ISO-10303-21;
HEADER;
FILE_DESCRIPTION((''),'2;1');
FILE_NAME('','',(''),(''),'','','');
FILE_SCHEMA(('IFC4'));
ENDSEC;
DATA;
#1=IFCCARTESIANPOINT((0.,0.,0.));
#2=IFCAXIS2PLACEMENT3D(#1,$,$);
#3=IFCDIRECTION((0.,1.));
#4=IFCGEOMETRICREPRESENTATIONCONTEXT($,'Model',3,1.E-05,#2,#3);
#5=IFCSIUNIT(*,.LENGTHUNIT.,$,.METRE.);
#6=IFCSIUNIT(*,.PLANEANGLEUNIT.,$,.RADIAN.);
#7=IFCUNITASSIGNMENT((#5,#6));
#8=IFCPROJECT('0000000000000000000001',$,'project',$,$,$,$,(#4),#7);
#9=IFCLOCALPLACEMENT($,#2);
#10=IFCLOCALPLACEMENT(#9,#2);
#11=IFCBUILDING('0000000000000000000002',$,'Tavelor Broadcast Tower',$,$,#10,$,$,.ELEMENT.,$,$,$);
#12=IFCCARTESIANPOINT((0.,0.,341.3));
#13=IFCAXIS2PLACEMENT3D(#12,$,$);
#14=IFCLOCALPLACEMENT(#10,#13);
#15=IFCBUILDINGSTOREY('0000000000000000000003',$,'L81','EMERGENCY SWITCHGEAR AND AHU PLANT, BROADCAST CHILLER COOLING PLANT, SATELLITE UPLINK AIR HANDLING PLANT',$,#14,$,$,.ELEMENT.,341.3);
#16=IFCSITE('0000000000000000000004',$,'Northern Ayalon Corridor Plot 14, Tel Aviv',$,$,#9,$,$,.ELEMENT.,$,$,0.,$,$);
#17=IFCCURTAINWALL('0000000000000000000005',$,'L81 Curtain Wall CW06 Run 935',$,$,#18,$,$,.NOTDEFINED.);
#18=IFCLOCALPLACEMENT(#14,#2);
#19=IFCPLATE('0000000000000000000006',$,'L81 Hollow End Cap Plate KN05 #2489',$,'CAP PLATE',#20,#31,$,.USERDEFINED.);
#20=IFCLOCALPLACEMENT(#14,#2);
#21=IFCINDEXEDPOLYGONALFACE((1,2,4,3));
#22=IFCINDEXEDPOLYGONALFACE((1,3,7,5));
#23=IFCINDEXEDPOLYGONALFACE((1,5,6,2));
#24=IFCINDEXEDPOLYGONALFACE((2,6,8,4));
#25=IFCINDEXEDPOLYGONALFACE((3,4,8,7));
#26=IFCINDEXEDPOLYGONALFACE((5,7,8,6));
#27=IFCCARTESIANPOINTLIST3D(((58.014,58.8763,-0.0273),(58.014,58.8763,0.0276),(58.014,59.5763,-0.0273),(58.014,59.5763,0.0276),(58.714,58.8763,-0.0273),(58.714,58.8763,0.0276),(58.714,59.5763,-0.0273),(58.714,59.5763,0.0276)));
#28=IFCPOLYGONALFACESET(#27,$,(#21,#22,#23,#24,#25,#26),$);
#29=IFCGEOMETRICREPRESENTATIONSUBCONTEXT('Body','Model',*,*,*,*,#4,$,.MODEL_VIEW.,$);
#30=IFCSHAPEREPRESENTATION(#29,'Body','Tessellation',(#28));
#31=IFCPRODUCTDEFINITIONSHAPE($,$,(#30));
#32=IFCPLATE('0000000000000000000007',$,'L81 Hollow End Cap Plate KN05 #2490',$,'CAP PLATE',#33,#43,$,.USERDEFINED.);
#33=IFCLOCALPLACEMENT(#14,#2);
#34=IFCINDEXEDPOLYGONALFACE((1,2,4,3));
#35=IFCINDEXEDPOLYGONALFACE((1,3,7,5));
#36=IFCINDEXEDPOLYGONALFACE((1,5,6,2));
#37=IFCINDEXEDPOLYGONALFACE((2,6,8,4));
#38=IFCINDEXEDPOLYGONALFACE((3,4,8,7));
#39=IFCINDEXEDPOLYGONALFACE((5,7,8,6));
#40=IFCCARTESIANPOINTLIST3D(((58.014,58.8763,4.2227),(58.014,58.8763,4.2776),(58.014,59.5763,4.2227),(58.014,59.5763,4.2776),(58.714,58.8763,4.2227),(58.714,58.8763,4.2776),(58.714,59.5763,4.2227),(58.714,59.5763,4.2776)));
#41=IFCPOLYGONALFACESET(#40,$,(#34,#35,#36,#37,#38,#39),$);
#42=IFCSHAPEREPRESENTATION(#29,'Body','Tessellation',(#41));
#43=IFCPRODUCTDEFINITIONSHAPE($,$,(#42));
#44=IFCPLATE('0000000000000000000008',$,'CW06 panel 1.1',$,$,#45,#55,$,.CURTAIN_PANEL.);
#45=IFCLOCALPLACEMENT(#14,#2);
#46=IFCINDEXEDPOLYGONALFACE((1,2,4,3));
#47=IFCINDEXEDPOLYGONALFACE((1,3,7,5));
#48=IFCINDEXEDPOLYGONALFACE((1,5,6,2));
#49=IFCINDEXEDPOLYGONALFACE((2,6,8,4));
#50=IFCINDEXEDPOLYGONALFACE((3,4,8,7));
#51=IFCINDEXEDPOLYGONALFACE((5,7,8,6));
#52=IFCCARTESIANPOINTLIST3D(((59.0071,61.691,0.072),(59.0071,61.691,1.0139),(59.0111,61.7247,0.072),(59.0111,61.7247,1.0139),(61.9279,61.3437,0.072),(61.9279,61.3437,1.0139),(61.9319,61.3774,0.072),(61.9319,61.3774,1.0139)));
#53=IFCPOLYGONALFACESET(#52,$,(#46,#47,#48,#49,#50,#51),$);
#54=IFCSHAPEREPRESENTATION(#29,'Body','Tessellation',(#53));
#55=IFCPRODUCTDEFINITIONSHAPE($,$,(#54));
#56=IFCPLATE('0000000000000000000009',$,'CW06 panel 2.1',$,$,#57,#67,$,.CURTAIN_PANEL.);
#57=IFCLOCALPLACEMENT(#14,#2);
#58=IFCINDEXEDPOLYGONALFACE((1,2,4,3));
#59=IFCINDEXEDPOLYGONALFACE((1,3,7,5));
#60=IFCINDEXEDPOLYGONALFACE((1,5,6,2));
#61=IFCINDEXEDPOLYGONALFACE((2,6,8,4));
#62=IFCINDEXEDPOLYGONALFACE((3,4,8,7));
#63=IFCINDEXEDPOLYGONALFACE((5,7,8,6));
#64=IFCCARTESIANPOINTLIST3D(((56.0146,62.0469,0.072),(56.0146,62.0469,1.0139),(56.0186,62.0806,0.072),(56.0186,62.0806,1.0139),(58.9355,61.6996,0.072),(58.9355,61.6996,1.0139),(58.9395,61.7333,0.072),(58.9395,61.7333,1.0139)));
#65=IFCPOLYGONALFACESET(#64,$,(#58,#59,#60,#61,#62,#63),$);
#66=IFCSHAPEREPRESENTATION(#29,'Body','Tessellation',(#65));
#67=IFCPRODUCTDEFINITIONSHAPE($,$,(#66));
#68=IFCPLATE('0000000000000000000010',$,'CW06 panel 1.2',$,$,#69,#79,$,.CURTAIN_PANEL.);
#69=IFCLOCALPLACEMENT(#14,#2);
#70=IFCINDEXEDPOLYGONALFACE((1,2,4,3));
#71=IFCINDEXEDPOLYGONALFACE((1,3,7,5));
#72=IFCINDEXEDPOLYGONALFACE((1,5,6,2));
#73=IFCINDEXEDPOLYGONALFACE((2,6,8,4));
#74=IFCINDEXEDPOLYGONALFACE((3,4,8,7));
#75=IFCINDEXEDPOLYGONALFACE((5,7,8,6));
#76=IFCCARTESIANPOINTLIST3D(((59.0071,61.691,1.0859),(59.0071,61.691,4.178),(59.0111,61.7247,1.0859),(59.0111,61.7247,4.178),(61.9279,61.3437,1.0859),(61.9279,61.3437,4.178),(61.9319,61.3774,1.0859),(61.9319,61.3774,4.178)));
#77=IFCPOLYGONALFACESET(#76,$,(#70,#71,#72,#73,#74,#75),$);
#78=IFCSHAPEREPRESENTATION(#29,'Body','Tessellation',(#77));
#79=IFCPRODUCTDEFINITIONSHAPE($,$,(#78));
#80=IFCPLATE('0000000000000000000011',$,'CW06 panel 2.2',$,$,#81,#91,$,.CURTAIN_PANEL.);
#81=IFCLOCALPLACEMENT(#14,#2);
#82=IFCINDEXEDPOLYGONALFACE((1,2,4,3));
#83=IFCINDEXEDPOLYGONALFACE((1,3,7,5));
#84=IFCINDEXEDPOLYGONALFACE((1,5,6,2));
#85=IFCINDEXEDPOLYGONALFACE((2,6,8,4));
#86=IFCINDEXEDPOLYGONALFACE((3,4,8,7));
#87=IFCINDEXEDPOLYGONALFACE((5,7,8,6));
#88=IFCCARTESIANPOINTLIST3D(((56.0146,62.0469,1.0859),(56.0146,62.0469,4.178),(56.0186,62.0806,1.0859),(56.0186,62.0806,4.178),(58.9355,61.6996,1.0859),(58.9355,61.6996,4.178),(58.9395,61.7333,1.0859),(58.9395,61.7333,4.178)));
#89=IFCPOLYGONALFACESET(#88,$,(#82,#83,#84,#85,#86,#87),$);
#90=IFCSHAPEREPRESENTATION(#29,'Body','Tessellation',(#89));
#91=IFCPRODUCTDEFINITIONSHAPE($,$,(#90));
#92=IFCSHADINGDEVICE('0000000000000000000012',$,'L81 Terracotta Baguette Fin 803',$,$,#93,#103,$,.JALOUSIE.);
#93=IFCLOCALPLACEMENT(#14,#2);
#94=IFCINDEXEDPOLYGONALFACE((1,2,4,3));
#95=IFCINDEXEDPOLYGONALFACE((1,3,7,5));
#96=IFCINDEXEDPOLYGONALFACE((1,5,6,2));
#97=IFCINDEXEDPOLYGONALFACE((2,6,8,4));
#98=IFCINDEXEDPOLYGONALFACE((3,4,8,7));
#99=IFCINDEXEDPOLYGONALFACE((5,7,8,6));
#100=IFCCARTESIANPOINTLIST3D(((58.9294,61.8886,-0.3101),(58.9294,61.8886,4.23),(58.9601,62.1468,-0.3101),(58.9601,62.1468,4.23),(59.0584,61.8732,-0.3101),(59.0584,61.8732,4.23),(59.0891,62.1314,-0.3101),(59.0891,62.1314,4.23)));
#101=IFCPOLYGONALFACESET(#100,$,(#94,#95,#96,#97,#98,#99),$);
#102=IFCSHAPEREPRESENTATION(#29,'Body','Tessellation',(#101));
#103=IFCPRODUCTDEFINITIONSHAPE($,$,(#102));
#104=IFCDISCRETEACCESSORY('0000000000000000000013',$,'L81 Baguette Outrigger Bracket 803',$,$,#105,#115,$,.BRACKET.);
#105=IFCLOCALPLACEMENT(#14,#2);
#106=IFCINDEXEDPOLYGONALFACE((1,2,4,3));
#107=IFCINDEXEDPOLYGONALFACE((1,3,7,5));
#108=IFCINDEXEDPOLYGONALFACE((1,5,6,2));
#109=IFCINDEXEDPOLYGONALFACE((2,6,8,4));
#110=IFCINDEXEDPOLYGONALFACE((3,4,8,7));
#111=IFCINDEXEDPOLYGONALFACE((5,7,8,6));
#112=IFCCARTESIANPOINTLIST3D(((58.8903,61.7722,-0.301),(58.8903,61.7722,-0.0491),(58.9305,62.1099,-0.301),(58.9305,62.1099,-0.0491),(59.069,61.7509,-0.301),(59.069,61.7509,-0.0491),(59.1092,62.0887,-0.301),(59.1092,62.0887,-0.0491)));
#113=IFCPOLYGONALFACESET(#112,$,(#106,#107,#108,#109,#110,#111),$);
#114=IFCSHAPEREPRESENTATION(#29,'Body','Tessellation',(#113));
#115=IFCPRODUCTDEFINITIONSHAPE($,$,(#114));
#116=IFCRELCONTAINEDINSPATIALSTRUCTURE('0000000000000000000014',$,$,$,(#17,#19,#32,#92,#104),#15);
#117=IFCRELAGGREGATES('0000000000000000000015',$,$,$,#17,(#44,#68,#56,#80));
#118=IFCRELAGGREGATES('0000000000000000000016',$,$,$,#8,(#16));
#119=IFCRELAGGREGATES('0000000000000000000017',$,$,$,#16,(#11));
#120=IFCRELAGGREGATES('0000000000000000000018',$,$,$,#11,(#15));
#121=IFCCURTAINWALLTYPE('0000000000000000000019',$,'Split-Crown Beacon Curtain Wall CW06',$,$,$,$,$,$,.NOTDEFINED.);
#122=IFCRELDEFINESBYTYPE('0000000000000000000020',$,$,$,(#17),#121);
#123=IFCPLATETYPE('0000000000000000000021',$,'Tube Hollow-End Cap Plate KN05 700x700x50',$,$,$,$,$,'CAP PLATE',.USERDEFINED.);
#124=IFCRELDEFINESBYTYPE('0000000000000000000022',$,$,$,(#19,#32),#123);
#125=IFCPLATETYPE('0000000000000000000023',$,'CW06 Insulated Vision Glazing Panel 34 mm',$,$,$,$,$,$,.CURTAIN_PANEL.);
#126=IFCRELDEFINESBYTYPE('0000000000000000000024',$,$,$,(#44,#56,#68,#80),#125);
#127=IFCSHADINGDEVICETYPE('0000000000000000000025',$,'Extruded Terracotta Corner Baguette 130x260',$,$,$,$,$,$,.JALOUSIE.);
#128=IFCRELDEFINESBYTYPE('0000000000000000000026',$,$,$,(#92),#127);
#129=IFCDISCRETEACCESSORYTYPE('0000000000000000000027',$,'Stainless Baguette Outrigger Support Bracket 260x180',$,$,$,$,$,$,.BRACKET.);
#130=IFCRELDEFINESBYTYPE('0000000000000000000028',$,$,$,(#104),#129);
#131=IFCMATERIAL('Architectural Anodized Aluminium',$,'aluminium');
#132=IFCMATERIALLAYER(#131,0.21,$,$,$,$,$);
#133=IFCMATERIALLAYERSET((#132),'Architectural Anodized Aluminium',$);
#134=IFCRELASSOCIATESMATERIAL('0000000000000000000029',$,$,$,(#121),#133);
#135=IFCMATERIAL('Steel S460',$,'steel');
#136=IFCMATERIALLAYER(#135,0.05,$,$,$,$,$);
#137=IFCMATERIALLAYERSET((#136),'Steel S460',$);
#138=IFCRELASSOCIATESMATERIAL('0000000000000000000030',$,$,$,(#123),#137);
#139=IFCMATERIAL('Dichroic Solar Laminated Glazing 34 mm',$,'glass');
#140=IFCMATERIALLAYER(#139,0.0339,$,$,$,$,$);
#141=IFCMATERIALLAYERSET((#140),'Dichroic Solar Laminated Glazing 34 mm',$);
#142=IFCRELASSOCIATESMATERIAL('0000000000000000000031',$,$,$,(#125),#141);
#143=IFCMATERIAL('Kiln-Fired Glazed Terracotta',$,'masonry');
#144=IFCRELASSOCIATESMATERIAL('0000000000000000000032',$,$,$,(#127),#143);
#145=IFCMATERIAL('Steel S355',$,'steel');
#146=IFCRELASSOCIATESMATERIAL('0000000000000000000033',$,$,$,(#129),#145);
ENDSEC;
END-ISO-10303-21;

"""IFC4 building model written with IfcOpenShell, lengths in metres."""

from ifc_helpers import new_model, si_unit, direction, frame, origin, origin_2d, place, context, subcontext, project, spatial, rectangle, extrude, source, transform, mapped, material, layer, layer_set, type_object, type_shapes, element, aggregate, save


model = new_model("IFC4")

# Units and contexts
model_context = context("Model", 3, precision=1e-05, world=origin(), true_north=direction((0.0, 1.0)))
body_context = subcontext(model_context, "Body", "Model", "MODEL_VIEW")
ifc_project = project(units=[si_unit("LENGTHUNIT", "METRE"), si_unit("PLANEANGLEUNIT", "RADIAN")], contexts=[model_context])

# Site, building, storey
site_placement = place(None, origin())
site = spatial("IfcSite", under=ifc_project, at=site_placement, Name="Northern Ayalon Corridor Plot 14, Tel Aviv", CompositionType="ELEMENT", RefElevation=0.0)
building_placement = place(site_placement, origin())
building = spatial("IfcBuilding", under=site, at=building_placement, Name="Tavelor Broadcast Tower", CompositionType="ELEMENT")
storey_placement = place(building_placement, frame((0.0, 0.0, 341.3)))
storey = spatial("IfcBuildingStorey", under=building, at=storey_placement, Name="L81", Description="EMERGENCY SWITCHGEAR AND AHU PLANT, BROADCAST CHILLER COOLING PLANT, SATELLITE UPLINK AIR HANDLING PLANT", CompositionType="ELEMENT", Elevation=341.3)

# Shared definitions
ifc_material_1 = material(Name="Steel S355", Category="steel")

# Shared definitions
ifc_material_2 = material(Name="Architectural Anodized Aluminium", Category="aluminium")
ifc_layer_1 = layer(ifc_material_2, 0.21)
ifc_layer_set_1 = layer_set([ifc_layer_1], Name="Architectural Anodized Aluminium")
curtain_wall_type = type_object("IfcCurtainWallType", Name="Split-Crown Beacon Curtain Wall CW06", PredefinedType="NOTDEFINED", material=ifc_layer_set_1)

# Curtain wall
curtain_wall_1_placement = place(storey_placement, origin())
curtain_wall_1 = element("IfcCurtainWall", 1, at=curtain_wall_1_placement, inside=storey, type_object=curtain_wall_type, Name="L81 Curtain Wall CW06 Run 935", PredefinedType="NOTDEFINED")

# Plates
ifc_material_3 = material(Name="Steel S460", Category="steel")
ifc_layer_2 = layer(ifc_material_3, 0.05)
ifc_layer_set_2 = layer_set([ifc_layer_2], Name="Steel S460")
plate_type_1 = type_object("IfcPlateType", Name="Tube Hollow-End Cap Plate KN05 700x700x50", ElementType="CAP PLATE", PredefinedType="USERDEFINED", material=ifc_layer_set_2)
shared_shape_1 = source(origin(), body_context, "Body", "SweptSolid", [
    extrude(rectangle(XDim=0.7, YDim=0.7, at=origin_2d()), origin(), (0.0, 0.0, 1.0), 0.0549),
])
type_shapes(plate_type_1, [shared_shape_1])
for number, where, z_axis, x_axis, name in (
    (2, (58.364, 59.2263, -0.0273), (0.0, 0.0, 1.0), (1.0, 0.0, 0.0), "L81 Hollow End Cap Plate KN05 #2489"),
    (3, (58.364, 59.2263, 4.2227), (0.0, 0.0, 1.0), (1.0, 0.0, 0.0), "L81 Hollow End Cap Plate KN05 #2490"),
):
    element("IfcPlate", number, at=place(storey_placement, frame(where, z_axis=z_axis, x_axis=x_axis)), inside=storey, type_object=plate_type_1, Name=name, ObjectType="CAP PLATE", PredefinedType="USERDEFINED", context=body_context, shape_type="MappedRepresentation", body=[
        mapped(shared_shape_1, transform((0.0, 0.0, 0.0), scale=1.0)),
    ])

# Plates
ifc_material_4 = material(Name="Dichroic Solar Laminated Glazing 34 mm", Category="glass")
ifc_layer_3 = layer(ifc_material_4, 0.0339)
ifc_layer_set_3 = layer_set([ifc_layer_3], Name="Dichroic Solar Laminated Glazing 34 mm")
plate_type_2 = type_object("IfcPlateType", Name="CW06 Insulated Vision Glazing Panel 34 mm", PredefinedType="CURTAIN_PANEL", material=ifc_layer_set_3)
shared_shape_2 = source(origin(), body_context, "Body", "SweptSolid", [
    extrude(rectangle(XDim=2.9414, YDim=0.0339, at=origin_2d()), origin(), (0.0, 0.0, 1.0), 0.9419),
])
plate_1_placement = place(storey_placement, frame((60.4695, 61.5342, 0.072), z_axis=(0.0, 0.0, 1.0), x_axis=(-0.993005, 0.118069, 0.0)))
plate_1 = element("IfcPlate", 4, at=plate_1_placement, type_object=plate_type_2, Name="CW06 panel 1.1", PredefinedType="CURTAIN_PANEL", context=body_context, shape_type="MappedRepresentation", body=[
    mapped(shared_shape_2, transform((0.0, 0.0, 0.0), scale=1.0)),
])
plate_2_placement = place(storey_placement, frame((57.4771, 61.8901, 0.072), z_axis=(0.0, 0.0, 1.0), x_axis=(-0.993005, 0.118069, 0.0)))
plate_2 = element("IfcPlate", 5, at=plate_2_placement, type_object=plate_type_2, Name="CW06 panel 2.1", PredefinedType="CURTAIN_PANEL", context=body_context, shape_type="MappedRepresentation", body=[
    mapped(shared_shape_2, transform((0.0, 0.0, 0.0), scale=1.0)),
])
shared_shape_3 = source(origin(), body_context, "Body", "SweptSolid", [
    extrude(rectangle(XDim=2.9414, YDim=0.0339, at=origin_2d()), origin(), (0.0, 0.0, 1.0), 3.092),
])
type_shapes(plate_type_2, [shared_shape_2, shared_shape_3])
plate_3_placement = place(storey_placement, frame((60.4695, 61.5342, 1.0859), z_axis=(0.0, 0.0, 1.0), x_axis=(-0.993005, 0.118069, 0.0)))
plate_3 = element("IfcPlate", 6, at=plate_3_placement, type_object=plate_type_2, Name="CW06 panel 1.2", PredefinedType="CURTAIN_PANEL", context=body_context, shape_type="MappedRepresentation", body=[
    mapped(shared_shape_3, transform((0.0, 0.0, 0.0), scale=1.0)),
])
plate_4_placement = place(storey_placement, frame((57.4771, 61.8901, 1.0859), z_axis=(0.0, 0.0, 1.0), x_axis=(-0.993005, 0.118069, 0.0)))
plate_4 = element("IfcPlate", 7, at=plate_4_placement, type_object=plate_type_2, Name="CW06 panel 2.2", PredefinedType="CURTAIN_PANEL", context=body_context, shape_type="MappedRepresentation", body=[
    mapped(shared_shape_3, transform((0.0, 0.0, 0.0), scale=1.0)),
])
aggregate(curtain_wall_1, [plate_1, plate_3, plate_2, plate_4])

# Shading device
ifc_material_5 = material(Name="Kiln-Fired Glazed Terracotta", Category="masonry")
shading_device_type = type_object("IfcShadingDeviceType", Name="Extruded Terracotta Corner Baguette 130x260", PredefinedType="JALOUSIE", material=ifc_material_5)
shared_shape_4 = source(origin(), body_context, "Body", "SweptSolid", [
    extrude(rectangle(XDim=0.1299, YDim=0.26, at=origin_2d()), origin(), (0.0, 0.0, 1.0), 4.54),
])
type_shapes(shading_device_type, [shared_shape_4])
shading_device_placement = place(storey_placement, frame((59.0093, 62.01, -0.3101), z_axis=(0.0, 0.0, 1.0), x_axis=(-0.993007, 0.118057, 0.0)))
element("IfcShadingDevice", 8, at=shading_device_placement, inside=storey, type_object=shading_device_type, Name="L81 Terracotta Baguette Fin 803", PredefinedType="JALOUSIE", context=body_context, shape_type="MappedRepresentation", body=[
    mapped(shared_shape_4, transform((0.0, 0.0, 0.0), scale=1.0)),
])

# Discrete accessory
discrete_accessory_type = type_object("IfcDiscreteAccessoryType", Name="Stainless Baguette Outrigger Support Bracket 260x180", PredefinedType="BRACKET", material=ifc_material_1)
shared_shape_5 = source(origin(), body_context, "Body", "SweptSolid", [
    extrude(rectangle(XDim=0.1799, YDim=0.3401, at=origin_2d()), origin(), (0.0, 0.0, 1.0), 0.252),
])
type_shapes(discrete_accessory_type, [shared_shape_5])
discrete_accessory_placement = place(storey_placement, frame((58.9998, 61.9304, -0.301), z_axis=(0.0, 0.0, 1.0), x_axis=(-0.993007, 0.118057, 0.0)))
element("IfcDiscreteAccessory", 9, at=discrete_accessory_placement, inside=storey, type_object=discrete_accessory_type, Name="L81 Baguette Outrigger Bracket 803", PredefinedType="BRACKET", context=body_context, shape_type="MappedRepresentation", body=[
    mapped(shared_shape_5, transform((0.0, 0.0, 0.0), scale=1.0)),
])

save(model, "model.ifc")
